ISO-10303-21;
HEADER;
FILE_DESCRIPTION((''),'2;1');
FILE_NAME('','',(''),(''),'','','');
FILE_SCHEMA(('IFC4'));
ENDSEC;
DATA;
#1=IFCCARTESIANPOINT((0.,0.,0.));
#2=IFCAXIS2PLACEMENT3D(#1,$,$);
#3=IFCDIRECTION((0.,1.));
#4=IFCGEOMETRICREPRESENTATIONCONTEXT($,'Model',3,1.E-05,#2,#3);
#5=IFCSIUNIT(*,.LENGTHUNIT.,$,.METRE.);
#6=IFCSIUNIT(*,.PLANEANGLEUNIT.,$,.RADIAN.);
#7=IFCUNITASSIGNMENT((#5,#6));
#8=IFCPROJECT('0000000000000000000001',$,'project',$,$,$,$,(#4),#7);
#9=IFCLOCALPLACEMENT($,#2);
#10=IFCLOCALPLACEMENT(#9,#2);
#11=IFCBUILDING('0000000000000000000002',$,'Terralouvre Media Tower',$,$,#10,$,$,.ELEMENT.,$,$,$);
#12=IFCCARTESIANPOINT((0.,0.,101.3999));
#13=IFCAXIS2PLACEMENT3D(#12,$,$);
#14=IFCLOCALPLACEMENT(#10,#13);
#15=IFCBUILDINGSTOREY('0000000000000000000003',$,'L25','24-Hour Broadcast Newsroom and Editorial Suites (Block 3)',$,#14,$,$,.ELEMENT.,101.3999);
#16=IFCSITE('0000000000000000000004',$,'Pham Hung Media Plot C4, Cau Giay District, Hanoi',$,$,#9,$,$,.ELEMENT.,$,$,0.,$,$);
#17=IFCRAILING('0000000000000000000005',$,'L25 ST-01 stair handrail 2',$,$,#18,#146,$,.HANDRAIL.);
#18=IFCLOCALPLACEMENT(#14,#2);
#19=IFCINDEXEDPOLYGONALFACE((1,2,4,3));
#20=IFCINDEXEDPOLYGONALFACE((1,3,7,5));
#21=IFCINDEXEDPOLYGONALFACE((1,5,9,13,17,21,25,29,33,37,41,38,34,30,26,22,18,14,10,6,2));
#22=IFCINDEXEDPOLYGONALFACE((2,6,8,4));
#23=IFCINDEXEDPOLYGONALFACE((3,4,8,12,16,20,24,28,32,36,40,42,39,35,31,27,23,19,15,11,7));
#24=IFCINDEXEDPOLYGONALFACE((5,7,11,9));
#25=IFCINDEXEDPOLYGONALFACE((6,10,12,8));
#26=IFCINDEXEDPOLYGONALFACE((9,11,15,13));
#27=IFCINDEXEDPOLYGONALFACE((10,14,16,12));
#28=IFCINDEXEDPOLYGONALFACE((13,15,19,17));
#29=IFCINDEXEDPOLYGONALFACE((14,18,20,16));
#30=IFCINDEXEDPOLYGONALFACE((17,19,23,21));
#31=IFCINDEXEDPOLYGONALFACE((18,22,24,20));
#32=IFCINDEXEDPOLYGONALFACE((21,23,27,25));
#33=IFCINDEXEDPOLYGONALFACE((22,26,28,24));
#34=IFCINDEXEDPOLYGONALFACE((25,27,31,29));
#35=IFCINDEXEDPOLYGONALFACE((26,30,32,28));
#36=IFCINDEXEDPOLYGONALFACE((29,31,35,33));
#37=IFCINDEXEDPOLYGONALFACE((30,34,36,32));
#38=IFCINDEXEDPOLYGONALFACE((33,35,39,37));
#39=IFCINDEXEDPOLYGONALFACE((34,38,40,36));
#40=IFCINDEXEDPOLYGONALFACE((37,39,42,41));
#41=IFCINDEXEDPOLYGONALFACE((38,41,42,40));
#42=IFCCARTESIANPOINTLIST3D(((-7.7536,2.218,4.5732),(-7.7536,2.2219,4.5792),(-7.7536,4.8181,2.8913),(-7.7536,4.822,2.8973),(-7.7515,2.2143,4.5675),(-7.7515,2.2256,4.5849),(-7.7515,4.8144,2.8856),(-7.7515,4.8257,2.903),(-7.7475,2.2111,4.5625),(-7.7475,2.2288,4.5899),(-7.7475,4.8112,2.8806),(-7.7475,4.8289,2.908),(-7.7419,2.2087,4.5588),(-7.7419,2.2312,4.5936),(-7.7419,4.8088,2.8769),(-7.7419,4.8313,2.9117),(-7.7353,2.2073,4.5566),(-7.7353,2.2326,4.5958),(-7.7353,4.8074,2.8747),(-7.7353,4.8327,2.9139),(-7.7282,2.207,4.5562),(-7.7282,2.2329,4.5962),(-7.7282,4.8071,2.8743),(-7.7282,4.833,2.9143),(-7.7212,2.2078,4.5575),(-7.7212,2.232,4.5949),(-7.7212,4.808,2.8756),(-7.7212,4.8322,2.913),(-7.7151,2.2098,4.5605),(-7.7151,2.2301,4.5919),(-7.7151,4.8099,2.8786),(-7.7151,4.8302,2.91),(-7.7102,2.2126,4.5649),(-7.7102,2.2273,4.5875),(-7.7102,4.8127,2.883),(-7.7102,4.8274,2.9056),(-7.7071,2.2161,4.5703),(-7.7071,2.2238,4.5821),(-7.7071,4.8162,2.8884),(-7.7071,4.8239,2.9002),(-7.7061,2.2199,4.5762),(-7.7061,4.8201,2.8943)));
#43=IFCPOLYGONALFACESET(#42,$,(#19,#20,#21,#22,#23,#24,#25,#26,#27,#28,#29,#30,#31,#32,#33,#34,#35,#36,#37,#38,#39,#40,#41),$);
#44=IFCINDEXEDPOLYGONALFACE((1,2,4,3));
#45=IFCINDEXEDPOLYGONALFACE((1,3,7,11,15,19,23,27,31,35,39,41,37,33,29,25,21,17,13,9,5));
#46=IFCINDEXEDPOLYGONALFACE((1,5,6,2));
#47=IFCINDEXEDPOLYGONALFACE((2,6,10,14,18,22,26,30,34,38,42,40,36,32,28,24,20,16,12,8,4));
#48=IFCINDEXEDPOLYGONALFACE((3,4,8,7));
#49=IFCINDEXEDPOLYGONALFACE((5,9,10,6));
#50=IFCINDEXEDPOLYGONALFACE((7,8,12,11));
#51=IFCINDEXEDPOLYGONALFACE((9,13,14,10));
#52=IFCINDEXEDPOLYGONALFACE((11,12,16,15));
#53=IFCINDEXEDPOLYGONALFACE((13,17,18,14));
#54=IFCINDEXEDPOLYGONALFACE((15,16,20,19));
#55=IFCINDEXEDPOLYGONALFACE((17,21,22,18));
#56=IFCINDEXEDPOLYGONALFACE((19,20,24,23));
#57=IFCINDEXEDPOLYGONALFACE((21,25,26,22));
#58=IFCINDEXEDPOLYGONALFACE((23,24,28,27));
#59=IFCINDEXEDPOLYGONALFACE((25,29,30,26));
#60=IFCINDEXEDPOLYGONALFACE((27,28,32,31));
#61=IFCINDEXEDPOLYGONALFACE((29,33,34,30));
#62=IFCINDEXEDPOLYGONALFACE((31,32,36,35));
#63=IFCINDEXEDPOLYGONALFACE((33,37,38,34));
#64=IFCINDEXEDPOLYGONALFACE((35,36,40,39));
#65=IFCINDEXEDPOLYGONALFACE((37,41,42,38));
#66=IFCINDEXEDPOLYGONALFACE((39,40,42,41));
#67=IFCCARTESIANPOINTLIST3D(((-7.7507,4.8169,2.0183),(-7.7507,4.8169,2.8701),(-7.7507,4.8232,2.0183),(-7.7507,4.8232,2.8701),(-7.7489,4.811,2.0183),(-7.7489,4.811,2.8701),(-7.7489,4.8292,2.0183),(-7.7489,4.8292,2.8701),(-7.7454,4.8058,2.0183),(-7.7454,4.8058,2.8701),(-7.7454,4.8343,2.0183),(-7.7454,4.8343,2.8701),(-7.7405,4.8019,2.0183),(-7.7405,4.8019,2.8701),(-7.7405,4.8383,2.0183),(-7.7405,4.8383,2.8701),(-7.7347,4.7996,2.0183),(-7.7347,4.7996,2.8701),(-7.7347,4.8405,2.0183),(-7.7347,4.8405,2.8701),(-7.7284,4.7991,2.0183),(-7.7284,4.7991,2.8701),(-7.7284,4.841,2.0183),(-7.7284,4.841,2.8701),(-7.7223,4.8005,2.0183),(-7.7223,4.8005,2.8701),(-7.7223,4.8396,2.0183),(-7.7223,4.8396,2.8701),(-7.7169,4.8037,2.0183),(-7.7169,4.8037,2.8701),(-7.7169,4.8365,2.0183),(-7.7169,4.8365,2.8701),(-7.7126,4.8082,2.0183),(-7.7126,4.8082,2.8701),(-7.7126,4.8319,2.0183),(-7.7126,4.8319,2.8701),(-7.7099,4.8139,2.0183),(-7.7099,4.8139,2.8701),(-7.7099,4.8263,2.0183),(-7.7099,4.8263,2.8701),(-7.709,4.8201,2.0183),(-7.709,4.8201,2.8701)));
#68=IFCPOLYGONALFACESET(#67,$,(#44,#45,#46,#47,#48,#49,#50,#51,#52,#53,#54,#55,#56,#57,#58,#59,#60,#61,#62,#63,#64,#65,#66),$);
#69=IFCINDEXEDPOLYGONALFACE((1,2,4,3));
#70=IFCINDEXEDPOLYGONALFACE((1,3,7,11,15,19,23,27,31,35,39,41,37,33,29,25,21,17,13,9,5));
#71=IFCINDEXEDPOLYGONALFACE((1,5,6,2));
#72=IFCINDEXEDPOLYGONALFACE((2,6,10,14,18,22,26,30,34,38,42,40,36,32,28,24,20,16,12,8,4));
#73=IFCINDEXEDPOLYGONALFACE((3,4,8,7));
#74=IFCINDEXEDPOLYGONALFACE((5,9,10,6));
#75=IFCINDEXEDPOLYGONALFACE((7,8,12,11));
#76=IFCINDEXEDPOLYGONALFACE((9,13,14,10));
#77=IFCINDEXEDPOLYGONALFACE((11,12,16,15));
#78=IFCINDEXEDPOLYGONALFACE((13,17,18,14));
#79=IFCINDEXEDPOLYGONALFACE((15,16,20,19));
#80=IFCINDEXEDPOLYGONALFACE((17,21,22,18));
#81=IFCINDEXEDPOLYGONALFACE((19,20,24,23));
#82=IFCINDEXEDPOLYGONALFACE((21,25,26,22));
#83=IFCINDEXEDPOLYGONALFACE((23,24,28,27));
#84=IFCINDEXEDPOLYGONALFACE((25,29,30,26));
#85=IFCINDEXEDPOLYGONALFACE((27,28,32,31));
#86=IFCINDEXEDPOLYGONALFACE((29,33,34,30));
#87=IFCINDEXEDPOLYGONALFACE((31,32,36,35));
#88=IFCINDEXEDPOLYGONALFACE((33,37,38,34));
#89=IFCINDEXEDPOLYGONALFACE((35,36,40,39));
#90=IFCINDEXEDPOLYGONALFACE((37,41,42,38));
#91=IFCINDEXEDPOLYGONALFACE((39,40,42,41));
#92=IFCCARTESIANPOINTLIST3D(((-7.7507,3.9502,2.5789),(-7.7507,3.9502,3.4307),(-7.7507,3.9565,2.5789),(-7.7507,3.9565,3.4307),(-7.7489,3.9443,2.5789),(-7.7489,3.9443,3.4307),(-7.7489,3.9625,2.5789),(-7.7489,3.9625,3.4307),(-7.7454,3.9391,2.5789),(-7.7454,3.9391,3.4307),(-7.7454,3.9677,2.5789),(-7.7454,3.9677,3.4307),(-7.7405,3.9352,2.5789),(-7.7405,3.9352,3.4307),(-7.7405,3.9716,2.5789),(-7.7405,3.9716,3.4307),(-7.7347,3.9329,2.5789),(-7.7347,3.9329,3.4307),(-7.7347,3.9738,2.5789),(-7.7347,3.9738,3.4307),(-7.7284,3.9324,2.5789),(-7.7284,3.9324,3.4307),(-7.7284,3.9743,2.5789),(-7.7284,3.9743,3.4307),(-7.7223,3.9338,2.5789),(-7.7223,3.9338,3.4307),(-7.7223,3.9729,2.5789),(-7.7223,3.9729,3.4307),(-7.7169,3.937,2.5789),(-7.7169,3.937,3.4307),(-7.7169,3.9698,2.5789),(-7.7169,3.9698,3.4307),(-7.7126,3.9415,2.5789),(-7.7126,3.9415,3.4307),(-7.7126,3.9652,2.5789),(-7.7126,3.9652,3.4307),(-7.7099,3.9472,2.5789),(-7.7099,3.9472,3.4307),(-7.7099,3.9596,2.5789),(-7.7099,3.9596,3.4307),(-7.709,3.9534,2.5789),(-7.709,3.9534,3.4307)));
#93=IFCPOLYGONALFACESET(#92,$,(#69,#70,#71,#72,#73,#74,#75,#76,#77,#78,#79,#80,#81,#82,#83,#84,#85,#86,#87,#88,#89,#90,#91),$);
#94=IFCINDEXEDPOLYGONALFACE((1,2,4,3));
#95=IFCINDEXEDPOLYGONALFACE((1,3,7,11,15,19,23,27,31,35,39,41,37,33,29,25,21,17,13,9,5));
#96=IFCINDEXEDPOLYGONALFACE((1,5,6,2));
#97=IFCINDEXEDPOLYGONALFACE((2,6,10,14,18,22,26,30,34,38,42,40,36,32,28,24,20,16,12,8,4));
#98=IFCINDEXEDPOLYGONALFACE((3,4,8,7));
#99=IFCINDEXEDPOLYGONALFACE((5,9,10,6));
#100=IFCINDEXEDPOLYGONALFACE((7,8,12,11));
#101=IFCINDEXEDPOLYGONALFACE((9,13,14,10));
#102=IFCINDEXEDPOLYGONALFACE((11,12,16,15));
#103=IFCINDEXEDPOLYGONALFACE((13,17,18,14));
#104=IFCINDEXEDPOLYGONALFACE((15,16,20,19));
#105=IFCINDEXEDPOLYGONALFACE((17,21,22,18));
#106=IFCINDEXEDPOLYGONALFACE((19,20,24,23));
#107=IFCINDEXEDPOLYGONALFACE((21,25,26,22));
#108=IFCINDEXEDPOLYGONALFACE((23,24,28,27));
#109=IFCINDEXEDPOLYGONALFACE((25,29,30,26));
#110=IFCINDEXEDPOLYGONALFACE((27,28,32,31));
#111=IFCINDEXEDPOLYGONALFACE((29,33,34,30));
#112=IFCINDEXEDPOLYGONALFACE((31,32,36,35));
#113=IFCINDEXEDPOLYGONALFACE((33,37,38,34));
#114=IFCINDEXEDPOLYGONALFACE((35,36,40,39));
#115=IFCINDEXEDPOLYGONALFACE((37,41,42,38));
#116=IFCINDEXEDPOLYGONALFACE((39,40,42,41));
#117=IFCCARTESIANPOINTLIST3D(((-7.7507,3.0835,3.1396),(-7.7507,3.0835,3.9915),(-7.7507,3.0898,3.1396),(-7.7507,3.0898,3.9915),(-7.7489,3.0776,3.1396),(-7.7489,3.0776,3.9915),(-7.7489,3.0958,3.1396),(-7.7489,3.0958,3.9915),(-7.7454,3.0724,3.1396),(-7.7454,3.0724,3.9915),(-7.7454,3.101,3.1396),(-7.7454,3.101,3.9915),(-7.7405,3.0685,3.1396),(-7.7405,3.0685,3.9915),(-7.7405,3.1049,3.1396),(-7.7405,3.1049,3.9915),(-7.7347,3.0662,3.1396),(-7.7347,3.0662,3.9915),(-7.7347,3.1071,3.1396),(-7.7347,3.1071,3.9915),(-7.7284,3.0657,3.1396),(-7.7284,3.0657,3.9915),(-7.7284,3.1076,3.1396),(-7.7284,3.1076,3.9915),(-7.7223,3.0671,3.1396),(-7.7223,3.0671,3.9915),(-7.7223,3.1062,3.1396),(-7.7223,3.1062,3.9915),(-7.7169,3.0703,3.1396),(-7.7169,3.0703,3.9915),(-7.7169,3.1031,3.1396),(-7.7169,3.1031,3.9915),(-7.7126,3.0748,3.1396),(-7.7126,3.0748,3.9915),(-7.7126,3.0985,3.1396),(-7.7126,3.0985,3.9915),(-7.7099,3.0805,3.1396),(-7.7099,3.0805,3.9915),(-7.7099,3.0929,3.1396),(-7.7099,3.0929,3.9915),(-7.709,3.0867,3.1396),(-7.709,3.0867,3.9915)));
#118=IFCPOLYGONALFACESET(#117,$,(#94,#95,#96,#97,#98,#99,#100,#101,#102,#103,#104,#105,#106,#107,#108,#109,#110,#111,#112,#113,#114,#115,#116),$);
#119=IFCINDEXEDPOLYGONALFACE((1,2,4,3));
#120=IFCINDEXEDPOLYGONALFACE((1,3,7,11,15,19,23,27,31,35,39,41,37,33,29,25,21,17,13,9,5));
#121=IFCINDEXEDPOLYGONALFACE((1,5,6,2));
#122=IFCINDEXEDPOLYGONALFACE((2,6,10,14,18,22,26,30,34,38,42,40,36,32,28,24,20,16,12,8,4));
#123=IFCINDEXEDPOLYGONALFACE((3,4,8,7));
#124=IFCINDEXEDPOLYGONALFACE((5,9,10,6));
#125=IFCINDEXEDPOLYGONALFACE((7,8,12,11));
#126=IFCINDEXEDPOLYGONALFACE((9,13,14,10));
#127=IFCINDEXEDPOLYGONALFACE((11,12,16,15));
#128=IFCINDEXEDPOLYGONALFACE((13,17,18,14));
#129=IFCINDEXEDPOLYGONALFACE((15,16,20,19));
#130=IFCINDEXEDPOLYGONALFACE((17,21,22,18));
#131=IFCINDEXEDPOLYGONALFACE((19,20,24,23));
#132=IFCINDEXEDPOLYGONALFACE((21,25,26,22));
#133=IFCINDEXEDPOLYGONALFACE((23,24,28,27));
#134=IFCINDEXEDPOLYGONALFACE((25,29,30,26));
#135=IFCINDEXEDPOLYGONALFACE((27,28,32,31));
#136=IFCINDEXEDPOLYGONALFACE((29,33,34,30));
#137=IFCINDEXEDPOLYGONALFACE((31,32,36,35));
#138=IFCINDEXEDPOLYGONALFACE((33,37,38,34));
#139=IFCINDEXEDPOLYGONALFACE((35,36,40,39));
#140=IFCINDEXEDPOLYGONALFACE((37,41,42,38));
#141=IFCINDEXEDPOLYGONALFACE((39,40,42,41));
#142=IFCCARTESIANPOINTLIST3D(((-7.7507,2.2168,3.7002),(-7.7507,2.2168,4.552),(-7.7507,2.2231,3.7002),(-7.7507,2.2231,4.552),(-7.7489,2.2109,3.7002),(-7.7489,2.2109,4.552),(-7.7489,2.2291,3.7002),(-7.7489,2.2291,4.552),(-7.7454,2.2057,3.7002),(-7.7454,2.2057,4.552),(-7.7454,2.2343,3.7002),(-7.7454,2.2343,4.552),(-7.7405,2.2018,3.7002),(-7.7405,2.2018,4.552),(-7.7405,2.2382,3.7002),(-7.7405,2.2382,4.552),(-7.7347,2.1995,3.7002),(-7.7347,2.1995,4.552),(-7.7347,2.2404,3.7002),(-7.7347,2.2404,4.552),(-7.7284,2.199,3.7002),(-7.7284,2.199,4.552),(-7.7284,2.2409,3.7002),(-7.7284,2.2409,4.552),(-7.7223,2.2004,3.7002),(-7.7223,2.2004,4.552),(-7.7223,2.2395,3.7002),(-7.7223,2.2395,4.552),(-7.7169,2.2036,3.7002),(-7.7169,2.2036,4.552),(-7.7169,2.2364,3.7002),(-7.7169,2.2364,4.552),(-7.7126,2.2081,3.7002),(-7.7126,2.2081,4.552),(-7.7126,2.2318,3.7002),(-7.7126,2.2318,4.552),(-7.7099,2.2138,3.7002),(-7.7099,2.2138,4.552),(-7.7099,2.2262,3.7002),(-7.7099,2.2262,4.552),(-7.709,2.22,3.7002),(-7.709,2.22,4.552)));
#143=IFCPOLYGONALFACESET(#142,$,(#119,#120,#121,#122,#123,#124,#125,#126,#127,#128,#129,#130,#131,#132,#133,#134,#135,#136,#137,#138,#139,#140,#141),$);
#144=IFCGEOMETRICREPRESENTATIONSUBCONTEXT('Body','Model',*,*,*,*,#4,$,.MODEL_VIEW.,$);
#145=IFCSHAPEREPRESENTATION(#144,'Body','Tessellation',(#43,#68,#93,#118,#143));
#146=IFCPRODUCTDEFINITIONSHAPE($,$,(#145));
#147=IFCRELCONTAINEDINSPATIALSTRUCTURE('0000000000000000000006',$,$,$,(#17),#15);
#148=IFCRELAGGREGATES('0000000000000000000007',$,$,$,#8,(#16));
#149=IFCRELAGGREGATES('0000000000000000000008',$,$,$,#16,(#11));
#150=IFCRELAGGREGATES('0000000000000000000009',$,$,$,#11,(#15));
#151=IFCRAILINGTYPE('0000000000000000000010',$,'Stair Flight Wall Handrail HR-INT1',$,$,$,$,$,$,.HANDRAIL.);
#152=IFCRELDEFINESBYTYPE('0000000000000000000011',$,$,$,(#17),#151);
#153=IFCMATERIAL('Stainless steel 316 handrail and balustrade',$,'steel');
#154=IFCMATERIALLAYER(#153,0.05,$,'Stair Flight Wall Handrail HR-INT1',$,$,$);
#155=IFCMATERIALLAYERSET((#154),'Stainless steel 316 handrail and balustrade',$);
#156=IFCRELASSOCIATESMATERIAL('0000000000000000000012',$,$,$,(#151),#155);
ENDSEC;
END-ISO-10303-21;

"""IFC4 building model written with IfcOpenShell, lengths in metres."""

from ifc_helpers import new_model, si_unit, direction, frame, origin, origin_2d, place, context, subcontext, project, spatial, circle, extrude, material, layer, layer_set, type_object, element, save


model = new_model("IFC4")

# Units and contexts
model_context = context("Model", 3, precision=1e-05, world=origin(), true_north=direction((0.0, 1.0)))
body_context = subcontext(model_context, "Body", "Model", "MODEL_VIEW")
ifc_project = project(units=[si_unit("LENGTHUNIT", "METRE"), si_unit("PLANEANGLEUNIT", "RADIAN")], contexts=[model_context])

# Site, building, storey
site_placement = place(None, origin())
site = spatial("IfcSite", under=ifc_project, at=site_placement, Name="Pham Hung Media Plot C4, Cau Giay District, Hanoi", CompositionType="ELEMENT", RefElevation=0.0)
building_placement = place(site_placement, origin())
building = spatial("IfcBuilding", under=site, at=building_placement, Name="Terralouvre Media Tower", CompositionType="ELEMENT")
storey_placement = place(building_placement, frame((0.0, 0.0, 101.3999)))
storey = spatial("IfcBuildingStorey", under=building, at=storey_placement, Name="L25", Description="24-Hour Broadcast Newsroom and Editorial Suites (Block 3)", CompositionType="ELEMENT", Elevation=101.3999)

# Railing
ifc_material_1 = material(Name="Stainless steel 316 handrail and balustrade", Category="steel")
ifc_layer_1 = layer(ifc_material_1, 0.05, Name="Stair Flight Wall Handrail HR-INT1")
ifc_layer_set_1 = layer_set([ifc_layer_1], Name="Stainless steel 316 handrail and balustrade")
railing_type_1 = type_object("IfcRailingType", Name="Stair Flight Wall Handrail HR-INT1", PredefinedType="HANDRAIL", material=ifc_layer_set_1)
railing_1_placement = place(storey_placement, frame((-7.73, 4.8201, 2.0183)))
element("IfcRailing", 1, at=railing_1_placement, inside=storey, type_object=railing_type_1, Name="L25 ST-01 stair handrail 2", PredefinedType="HANDRAIL", context=body_context, shape_type="SweptSolid", body=[
    extrude(circle(Radius=0.0239, at=origin_2d()), frame((0.0, 0.0, 0.876), z_axis=(0.0, -0.839648, 0.54313), x_axis=(1.0, 0.0, 0.0)), (0.0, 0.0, 1.0), 3.0967),
    extrude(circle(Radius=0.021, at=origin_2d()), origin(), (0.0, 0.0, 1.0), 0.8518),
    extrude(circle(Radius=0.021, at=origin_2d()), frame((0.0, -0.8667, 0.5605)), (0.0, 0.0, 1.0), 0.8518),
    extrude(circle(Radius=0.021, at=origin_2d()), frame((0.0, -1.7334, 1.1213)), (0.0, 0.0, 1.0), 0.8518),
    extrude(circle(Radius=0.021, at=origin_2d()), frame((0.0, -2.6001, 1.6819)), (0.0, 0.0, 1.0), 0.8518),
])

save(model, "model.ifc")
